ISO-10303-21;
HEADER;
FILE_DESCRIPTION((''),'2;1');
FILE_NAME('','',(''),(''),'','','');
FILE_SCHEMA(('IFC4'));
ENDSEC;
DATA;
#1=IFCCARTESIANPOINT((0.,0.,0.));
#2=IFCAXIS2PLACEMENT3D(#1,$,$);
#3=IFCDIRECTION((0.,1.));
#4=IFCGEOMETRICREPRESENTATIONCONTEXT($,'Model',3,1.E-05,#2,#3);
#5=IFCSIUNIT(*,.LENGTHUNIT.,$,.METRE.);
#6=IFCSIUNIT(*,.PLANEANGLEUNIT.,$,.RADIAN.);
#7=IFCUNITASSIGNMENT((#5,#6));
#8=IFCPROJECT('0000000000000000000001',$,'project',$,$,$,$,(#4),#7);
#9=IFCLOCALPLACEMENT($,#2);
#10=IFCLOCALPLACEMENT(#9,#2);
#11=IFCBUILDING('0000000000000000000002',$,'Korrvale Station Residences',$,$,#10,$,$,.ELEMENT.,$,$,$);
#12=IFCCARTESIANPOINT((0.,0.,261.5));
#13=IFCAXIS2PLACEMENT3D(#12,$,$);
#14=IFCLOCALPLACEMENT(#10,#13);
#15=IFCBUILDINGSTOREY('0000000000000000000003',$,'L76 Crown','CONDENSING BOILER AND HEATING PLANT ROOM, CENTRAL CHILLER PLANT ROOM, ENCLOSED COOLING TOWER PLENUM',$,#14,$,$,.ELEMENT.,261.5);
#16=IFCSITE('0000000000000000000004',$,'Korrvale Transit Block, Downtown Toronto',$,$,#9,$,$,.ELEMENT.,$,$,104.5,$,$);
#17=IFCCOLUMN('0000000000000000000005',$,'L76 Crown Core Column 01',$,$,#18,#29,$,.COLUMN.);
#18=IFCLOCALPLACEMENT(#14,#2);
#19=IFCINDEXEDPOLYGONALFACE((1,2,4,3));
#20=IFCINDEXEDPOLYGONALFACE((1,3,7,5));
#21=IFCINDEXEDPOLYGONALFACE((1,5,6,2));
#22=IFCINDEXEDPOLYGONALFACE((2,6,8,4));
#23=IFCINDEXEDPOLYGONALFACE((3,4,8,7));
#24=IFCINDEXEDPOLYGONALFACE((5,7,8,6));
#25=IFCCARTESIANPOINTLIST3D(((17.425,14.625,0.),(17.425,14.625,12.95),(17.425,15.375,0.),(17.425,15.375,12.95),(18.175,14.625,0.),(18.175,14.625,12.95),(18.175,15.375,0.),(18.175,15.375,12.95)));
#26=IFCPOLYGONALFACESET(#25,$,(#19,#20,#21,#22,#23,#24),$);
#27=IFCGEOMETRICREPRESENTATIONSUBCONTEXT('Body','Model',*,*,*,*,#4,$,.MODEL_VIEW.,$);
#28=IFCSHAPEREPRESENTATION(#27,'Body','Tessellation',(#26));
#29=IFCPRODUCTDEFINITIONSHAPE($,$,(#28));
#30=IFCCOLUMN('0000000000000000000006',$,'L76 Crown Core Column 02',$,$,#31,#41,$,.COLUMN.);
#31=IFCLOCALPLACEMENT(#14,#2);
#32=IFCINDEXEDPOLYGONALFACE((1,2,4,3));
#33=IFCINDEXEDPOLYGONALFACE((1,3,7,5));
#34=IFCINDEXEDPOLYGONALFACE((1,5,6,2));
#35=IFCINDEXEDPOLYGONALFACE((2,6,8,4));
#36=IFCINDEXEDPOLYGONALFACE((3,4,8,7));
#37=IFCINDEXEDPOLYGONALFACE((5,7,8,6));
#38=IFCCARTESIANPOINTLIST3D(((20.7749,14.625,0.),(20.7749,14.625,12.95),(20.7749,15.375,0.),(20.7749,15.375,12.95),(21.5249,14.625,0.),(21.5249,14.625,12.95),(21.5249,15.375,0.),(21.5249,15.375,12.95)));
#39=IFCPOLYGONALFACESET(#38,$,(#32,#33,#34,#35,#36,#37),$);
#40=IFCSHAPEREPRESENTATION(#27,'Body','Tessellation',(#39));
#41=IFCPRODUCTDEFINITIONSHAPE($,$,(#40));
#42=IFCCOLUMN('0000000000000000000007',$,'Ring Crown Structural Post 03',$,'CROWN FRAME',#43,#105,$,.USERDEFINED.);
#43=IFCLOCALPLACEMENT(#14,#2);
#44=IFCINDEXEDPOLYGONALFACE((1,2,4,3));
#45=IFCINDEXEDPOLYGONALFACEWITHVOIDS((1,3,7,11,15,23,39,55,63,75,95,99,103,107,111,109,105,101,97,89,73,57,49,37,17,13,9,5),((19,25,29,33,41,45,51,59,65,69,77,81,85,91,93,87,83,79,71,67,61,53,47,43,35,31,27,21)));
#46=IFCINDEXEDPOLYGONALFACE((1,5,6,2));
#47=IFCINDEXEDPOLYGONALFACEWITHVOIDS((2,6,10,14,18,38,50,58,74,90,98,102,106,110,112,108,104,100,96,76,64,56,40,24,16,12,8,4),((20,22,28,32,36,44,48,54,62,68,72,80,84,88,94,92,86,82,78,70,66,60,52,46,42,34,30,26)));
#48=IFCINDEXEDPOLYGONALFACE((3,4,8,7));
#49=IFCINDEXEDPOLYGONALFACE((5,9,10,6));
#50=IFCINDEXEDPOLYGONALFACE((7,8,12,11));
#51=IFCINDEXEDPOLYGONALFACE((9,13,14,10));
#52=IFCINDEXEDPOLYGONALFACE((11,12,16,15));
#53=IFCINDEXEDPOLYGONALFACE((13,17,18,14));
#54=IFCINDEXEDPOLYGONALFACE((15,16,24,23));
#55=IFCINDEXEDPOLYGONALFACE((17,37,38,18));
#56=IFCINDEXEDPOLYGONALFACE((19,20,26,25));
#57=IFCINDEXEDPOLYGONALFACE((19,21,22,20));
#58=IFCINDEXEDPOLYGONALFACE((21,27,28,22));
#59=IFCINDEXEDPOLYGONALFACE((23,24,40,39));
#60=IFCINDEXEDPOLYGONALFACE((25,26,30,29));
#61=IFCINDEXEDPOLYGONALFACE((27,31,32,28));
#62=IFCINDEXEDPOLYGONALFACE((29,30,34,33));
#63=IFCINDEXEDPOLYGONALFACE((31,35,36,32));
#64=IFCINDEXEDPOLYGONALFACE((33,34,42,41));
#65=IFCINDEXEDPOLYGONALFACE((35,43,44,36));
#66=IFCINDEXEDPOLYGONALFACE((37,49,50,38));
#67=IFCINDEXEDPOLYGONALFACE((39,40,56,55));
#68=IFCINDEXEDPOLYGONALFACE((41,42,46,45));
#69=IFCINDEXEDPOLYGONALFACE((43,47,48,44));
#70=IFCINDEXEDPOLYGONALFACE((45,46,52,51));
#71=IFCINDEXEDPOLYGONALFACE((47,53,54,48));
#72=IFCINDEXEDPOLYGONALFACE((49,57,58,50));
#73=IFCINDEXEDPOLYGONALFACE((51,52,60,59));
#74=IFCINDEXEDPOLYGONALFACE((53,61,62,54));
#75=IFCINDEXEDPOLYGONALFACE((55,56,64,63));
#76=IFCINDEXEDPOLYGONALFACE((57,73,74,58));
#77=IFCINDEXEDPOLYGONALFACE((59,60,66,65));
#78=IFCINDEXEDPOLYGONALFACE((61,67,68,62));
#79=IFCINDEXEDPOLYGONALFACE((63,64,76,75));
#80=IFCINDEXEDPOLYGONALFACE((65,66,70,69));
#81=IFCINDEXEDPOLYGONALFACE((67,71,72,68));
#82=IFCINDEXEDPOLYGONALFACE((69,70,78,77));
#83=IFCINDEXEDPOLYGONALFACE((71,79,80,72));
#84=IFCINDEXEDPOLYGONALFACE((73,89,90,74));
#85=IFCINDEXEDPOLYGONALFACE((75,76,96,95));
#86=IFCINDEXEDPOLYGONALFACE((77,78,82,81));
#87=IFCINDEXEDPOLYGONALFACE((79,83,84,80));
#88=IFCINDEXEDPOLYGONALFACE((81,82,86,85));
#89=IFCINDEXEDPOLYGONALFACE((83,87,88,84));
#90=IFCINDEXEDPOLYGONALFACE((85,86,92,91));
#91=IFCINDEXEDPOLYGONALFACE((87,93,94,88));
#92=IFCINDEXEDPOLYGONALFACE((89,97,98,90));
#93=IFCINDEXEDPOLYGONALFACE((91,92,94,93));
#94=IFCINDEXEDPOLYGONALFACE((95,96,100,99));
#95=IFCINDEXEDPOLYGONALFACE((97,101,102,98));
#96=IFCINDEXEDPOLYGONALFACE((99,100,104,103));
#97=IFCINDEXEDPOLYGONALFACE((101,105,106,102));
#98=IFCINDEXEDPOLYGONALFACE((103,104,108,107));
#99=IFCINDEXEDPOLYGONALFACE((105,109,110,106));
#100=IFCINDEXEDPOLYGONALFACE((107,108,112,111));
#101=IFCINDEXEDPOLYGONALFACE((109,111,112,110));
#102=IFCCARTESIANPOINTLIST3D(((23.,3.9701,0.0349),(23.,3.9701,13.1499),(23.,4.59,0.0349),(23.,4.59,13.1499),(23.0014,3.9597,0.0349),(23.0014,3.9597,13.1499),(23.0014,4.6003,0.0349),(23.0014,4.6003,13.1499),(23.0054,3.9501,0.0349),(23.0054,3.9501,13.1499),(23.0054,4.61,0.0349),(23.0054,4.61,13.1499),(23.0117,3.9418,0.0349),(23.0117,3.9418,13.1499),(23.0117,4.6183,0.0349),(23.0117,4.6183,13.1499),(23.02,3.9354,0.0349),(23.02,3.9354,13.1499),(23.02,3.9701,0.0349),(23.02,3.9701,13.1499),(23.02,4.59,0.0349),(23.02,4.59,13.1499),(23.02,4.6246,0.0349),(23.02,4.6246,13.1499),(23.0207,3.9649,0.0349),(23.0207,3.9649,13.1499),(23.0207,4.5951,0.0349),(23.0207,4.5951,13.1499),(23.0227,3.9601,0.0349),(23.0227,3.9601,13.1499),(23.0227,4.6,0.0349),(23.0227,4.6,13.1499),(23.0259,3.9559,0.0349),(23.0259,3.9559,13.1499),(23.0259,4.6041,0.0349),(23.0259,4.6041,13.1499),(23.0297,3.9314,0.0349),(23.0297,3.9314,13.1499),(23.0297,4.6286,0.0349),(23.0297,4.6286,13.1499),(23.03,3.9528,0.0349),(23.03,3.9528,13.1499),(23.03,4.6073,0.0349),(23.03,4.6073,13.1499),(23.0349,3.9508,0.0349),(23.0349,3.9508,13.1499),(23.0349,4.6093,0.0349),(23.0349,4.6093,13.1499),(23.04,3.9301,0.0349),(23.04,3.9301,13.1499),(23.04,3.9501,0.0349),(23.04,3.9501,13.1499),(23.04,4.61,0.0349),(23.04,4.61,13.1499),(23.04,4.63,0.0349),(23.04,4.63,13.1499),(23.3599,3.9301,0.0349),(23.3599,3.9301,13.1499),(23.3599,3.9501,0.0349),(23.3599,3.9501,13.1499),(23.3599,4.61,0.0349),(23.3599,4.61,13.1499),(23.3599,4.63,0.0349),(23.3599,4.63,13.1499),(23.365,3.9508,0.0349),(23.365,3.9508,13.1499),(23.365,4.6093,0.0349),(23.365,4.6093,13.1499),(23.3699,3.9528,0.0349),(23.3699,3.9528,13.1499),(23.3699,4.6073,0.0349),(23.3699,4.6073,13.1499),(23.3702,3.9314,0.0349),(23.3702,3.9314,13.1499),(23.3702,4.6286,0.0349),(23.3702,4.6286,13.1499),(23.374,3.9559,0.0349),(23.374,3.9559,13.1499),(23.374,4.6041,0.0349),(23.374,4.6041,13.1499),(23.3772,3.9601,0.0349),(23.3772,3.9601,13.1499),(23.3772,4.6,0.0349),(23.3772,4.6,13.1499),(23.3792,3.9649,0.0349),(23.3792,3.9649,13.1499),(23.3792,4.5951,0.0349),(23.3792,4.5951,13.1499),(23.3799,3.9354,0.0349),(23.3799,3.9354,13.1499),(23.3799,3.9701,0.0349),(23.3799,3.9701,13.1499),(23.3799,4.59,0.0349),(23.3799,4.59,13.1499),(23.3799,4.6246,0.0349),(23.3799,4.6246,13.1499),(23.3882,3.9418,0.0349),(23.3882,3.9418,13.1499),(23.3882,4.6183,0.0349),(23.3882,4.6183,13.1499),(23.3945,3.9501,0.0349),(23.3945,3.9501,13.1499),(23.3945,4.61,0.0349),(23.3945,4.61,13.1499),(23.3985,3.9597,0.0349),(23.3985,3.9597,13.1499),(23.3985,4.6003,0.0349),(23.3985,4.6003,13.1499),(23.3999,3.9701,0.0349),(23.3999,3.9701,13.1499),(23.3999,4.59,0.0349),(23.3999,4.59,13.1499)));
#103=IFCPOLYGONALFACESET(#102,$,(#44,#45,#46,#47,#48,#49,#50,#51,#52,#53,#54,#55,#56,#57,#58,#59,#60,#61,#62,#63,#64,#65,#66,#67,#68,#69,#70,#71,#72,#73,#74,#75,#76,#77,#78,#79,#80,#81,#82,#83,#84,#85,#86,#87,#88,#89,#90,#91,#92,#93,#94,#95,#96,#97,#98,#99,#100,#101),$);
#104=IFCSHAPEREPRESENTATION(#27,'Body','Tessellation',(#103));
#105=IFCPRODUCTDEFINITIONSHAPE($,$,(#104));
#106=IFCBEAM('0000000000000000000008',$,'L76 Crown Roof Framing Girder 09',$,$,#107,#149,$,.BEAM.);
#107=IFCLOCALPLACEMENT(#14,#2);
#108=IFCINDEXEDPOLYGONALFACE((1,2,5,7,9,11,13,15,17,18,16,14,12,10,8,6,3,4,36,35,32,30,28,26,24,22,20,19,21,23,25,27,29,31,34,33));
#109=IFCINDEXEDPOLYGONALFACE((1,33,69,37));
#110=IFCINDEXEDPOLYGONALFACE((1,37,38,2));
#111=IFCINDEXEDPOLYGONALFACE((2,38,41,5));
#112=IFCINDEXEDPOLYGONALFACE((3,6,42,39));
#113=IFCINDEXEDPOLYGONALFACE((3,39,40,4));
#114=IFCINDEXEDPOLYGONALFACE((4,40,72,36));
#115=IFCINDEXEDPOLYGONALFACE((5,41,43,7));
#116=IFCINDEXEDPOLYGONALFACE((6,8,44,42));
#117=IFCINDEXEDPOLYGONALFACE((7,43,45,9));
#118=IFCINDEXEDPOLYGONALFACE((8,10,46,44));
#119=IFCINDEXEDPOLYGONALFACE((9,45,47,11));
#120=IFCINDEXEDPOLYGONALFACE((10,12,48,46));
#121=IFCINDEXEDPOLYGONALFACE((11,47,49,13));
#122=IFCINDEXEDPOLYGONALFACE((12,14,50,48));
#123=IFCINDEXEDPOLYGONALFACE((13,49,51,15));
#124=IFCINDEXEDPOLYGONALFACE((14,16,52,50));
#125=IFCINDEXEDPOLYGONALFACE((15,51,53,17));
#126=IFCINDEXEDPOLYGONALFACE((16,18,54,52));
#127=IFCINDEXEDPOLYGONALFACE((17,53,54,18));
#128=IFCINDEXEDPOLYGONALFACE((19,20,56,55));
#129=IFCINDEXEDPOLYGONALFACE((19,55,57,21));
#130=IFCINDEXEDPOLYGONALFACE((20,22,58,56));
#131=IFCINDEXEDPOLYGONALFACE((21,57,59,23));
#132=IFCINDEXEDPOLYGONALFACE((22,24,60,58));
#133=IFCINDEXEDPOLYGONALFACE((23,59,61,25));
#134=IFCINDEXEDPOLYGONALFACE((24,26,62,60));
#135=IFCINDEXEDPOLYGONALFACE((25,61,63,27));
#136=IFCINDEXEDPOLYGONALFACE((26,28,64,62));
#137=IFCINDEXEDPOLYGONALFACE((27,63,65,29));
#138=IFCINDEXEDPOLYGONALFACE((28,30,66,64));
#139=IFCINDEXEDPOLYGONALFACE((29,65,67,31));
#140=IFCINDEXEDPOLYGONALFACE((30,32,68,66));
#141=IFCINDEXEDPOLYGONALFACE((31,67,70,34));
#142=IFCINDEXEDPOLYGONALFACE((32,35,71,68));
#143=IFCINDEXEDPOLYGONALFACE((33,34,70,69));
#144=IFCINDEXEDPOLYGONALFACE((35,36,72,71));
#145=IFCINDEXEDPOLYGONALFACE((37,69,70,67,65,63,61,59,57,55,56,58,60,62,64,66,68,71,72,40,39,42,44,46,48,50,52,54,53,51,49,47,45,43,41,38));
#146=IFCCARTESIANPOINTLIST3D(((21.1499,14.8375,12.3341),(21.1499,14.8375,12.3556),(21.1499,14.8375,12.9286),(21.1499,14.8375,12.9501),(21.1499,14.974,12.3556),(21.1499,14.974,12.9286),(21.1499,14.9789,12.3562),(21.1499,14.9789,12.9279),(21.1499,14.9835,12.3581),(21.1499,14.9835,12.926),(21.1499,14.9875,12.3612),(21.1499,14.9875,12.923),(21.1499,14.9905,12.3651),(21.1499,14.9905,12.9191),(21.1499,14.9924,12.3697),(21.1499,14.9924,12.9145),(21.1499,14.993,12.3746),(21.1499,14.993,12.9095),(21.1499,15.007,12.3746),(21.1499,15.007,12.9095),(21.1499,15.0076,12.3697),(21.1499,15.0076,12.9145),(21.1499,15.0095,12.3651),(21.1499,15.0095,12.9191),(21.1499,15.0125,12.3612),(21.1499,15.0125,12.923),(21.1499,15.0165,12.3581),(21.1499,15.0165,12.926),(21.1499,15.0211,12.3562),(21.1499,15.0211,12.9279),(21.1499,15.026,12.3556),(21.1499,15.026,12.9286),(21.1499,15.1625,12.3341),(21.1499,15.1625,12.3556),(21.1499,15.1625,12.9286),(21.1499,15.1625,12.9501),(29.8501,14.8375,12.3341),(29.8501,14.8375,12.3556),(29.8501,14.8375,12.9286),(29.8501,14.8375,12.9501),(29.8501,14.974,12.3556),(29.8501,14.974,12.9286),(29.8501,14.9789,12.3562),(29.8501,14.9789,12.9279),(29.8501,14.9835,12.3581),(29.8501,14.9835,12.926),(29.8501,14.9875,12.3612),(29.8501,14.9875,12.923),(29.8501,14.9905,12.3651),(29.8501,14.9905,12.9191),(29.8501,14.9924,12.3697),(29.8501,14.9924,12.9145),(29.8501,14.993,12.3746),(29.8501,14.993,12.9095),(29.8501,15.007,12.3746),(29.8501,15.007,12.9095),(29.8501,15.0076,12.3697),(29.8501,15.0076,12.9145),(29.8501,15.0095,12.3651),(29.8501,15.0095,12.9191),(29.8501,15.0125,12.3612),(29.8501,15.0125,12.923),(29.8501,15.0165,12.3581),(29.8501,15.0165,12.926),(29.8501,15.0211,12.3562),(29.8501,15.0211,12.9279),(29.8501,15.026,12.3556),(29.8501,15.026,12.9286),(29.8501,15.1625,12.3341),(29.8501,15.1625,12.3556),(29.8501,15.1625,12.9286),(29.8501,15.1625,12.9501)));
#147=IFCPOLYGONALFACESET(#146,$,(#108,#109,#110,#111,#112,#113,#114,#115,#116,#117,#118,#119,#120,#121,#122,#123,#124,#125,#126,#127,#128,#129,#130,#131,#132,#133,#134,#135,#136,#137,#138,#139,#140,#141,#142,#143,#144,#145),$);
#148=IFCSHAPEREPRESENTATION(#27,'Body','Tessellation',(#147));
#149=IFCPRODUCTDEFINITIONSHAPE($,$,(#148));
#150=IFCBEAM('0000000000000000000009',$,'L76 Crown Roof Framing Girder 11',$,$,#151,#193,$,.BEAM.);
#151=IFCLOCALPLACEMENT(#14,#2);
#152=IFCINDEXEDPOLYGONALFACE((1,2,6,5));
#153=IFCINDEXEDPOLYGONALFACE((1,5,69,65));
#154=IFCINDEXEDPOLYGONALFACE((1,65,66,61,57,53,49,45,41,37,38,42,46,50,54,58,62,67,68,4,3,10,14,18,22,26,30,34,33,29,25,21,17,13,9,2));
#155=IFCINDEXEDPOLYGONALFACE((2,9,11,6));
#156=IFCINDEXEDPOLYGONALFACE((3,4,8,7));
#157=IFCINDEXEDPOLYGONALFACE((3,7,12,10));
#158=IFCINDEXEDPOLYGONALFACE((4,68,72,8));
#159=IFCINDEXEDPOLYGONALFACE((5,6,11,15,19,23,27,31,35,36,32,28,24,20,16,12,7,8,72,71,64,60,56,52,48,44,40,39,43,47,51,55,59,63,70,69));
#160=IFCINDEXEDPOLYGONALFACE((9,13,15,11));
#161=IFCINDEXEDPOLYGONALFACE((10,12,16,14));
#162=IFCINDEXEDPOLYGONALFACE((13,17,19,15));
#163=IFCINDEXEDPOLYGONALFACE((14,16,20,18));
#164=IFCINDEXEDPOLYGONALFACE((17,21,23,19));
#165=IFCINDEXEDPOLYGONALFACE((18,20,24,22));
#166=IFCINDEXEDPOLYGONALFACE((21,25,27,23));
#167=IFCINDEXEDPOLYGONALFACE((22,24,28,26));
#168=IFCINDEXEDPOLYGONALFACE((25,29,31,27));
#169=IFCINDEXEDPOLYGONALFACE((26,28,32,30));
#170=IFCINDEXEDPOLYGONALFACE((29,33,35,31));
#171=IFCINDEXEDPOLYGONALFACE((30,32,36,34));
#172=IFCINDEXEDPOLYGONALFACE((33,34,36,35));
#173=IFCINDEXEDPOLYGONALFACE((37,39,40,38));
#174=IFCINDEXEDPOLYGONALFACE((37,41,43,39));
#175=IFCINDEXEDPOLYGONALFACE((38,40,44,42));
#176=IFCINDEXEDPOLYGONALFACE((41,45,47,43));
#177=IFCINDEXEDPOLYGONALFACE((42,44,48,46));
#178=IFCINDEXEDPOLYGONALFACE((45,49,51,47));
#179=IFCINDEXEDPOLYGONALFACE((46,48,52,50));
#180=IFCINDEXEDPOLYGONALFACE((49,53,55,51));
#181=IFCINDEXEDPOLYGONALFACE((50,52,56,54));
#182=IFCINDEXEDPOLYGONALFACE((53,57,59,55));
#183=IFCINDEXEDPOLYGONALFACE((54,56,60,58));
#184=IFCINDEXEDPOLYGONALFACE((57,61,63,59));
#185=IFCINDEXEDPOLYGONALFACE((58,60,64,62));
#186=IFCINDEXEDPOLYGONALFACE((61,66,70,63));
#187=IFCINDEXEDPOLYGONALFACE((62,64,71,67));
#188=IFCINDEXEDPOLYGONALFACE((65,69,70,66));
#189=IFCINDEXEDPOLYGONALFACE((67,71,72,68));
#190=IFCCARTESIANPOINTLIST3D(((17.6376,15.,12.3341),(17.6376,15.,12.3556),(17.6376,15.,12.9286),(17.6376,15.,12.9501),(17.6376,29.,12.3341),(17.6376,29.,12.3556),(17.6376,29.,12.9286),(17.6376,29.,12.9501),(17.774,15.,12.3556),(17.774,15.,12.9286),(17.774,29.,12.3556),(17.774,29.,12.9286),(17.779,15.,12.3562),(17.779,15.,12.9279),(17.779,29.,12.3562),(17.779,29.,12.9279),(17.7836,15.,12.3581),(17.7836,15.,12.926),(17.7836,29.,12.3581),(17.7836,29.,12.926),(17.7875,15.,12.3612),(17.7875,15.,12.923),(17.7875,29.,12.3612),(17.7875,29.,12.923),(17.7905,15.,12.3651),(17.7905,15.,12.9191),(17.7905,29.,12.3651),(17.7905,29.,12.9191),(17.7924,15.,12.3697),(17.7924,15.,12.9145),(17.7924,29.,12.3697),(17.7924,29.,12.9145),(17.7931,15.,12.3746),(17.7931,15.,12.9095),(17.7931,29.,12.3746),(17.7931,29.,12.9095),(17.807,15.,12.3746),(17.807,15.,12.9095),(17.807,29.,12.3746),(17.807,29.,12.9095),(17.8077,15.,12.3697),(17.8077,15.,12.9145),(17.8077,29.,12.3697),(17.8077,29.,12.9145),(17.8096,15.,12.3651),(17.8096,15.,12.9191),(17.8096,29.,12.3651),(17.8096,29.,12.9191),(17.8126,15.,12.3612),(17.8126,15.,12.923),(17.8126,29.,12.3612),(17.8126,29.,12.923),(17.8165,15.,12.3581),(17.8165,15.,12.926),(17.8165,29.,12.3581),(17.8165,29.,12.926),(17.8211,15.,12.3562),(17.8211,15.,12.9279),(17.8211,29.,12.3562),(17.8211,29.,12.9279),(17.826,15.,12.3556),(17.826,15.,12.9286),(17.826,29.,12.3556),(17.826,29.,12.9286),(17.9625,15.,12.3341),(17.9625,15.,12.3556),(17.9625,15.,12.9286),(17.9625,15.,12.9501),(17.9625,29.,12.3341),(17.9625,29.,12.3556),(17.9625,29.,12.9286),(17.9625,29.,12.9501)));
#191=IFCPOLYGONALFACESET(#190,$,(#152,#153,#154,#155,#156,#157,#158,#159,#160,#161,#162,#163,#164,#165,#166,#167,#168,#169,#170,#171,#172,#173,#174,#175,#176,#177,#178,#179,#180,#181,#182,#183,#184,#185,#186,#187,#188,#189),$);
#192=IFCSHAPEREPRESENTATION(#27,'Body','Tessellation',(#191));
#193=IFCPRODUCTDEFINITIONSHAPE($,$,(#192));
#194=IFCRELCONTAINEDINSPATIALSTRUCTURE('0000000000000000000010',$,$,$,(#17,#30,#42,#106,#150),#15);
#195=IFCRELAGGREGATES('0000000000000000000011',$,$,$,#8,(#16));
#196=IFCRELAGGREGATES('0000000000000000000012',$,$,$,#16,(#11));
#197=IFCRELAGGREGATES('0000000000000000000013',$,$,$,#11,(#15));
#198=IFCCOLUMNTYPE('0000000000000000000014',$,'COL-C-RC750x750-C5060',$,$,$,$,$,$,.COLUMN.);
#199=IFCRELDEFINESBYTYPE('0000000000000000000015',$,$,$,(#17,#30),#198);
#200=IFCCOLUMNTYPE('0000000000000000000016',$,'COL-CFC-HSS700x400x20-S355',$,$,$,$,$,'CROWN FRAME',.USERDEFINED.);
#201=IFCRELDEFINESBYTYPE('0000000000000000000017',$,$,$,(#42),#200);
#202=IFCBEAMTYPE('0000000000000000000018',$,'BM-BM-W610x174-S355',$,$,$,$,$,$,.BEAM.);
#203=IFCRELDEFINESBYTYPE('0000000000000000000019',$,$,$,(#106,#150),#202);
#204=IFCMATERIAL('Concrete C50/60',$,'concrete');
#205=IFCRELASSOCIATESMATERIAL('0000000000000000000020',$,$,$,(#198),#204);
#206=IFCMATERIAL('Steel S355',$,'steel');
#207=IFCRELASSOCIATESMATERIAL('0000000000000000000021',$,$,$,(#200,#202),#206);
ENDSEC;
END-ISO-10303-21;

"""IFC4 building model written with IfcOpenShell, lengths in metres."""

from ifc_helpers import new_model, si_unit, direction, frame, origin, origin_2d, place, context, subcontext, project, spatial, rectangle, hollow_rectangle, i_section, extrude, material, material_profile, profile_set, type_object, element, save


model = new_model("IFC4")

# Units and contexts
model_context = context("Model", 3, precision=1e-05, world=origin(), true_north=direction((0.0, 1.0)))
body_context = subcontext(model_context, "Body", "Model", "MODEL_VIEW")
ifc_project = project(units=[si_unit("LENGTHUNIT", "METRE"), si_unit("PLANEANGLEUNIT", "RADIAN")], contexts=[model_context])

# Site, building, storey
site_placement = place(None, origin())
site = spatial("IfcSite", under=ifc_project, at=site_placement, Name="Korrvale Transit Block, Downtown Toronto", CompositionType="ELEMENT", RefElevation=104.5)
building_placement = place(site_placement, origin())
building = spatial("IfcBuilding", under=site, at=building_placement, Name="Korrvale Station Residences", CompositionType="ELEMENT")
storey_placement = place(building_placement, frame((0.0, 0.0, 261.5)))
storey = spatial("IfcBuildingStorey", under=building, at=storey_placement, Name="L76 Crown", Description="CONDENSING BOILER AND HEATING PLANT ROOM, CENTRAL CHILLER PLANT ROOM, ENCLOSED COOLING TOWER PLENUM", CompositionType="ELEMENT", Elevation=261.5)

# Columns
ifc_material_1 = material(Name="Concrete C50/60", Category="concrete")
ifc_material_profile_1 = material_profile(ifc_material_1, rectangle(XDim=0.75, YDim=0.75, at=origin_2d()), Name="RC750x750")
ifc_profile_set_1 = profile_set([ifc_material_profile_1], Name="Concrete C50/60")
column_type_1 = type_object("IfcColumnType", Name="COL-C-RC750x750-C5060", PredefinedType="COLUMN", material=ifc_profile_set_1)
for number, where, z_axis, x_axis, name in (
    (1, (17.8, 15.0, 0.0), (0.0, 0.0, 1.0), (1.0, 0.0, 0.0), "L76 Crown Core Column 01"),
    (2, (21.1499, 15.0, 0.0), (0.0, 0.0, 1.0), (1.0, 0.0, 0.0), "L76 Crown Core Column 02"),
):
    element("IfcColumn", number, at=place(storey_placement, frame(where, z_axis=z_axis, x_axis=x_axis)), inside=storey, type_object=column_type_1, Name=name, PredefinedType="COLUMN", context=body_context, shape_type="SweptSolid", body=[
        extrude(rectangle(XDim=0.75, YDim=0.75, at=origin_2d()), origin(), (0.0, 0.0, 1.0), 12.95),
    ])
ifc_material_2 = material(Name="Steel S355", Category="steel")
ifc_material_profile_2 = material_profile(ifc_material_2, hollow_rectangle(XDim=0.3999, YDim=0.7, WallThickness=0.02, InnerFilletRadius=0.02, OuterFilletRadius=0.04, at=origin_2d()), Name="HSS700x400x20")
ifc_profile_set_2 = profile_set([ifc_material_profile_2], Name="Steel S355")
column_type_2 = type_object("IfcColumnType", Name="COL-CFC-HSS700x400x20-S355", ElementType="CROWN FRAME", PredefinedType="USERDEFINED", material=ifc_profile_set_2)
column_placement = place(storey_placement, frame((23.2, 4.28, 0.0349), z_axis=(0.0, 0.0, 1.0), x_axis=(1.0, 0.0, 0.0)))
element("IfcColumn", 3, at=column_placement, inside=storey, type_object=column_type_2, Name="Ring Crown Structural Post 03", ObjectType="CROWN FRAME", PredefinedType="USERDEFINED", context=body_context, shape_type="SweptSolid", body=[
    extrude(hollow_rectangle(XDim=0.3999, YDim=0.7, WallThickness=0.02, InnerFilletRadius=0.02, OuterFilletRadius=0.04, at=origin_2d()), origin(), (0.0, 0.0, 1.0), 13.115),
])

# Beams
ifc_material_profile_3 = material_profile(ifc_material_2, i_section(OverallWidth=0.325, OverallDepth=0.616, WebThickness=0.0139, FlangeThickness=0.0215, FilletRadius=0.019, at=origin_2d()), Name="W610x174")
ifc_profile_set_3 = profile_set([ifc_material_profile_3], Name="Steel S355")
beam_type = type_object("IfcBeamType", Name="BM-BM-W610x174-S355", PredefinedType="BEAM", material=ifc_profile_set_3)
beam_1_placement = place(storey_placement, frame((21.1499, 15.0, 12.6421), z_axis=(1.0, 0.0, 0.0), x_axis=(0.0, 1.0, 0.0)))
element("IfcBeam", 4, at=beam_1_placement, inside=storey, type_object=beam_type, Name="L76 Crown Roof Framing Girder 09", PredefinedType="BEAM", context=body_context, shape_type="SweptSolid", body=[
    extrude(i_section(OverallWidth=0.325, OverallDepth=0.616, WebThickness=0.0139, FlangeThickness=0.0215, FilletRadius=0.019, at=origin_2d()), origin(), (0.0, 0.0, 1.0), 8.7002),
])
beam_2_placement = place(storey_placement, frame((17.8, 15.0, 12.6421), z_axis=(0.0, 1.0, 0.0), x_axis=(-1.0, 0.0, 0.0)))
element("IfcBeam", 5, at=beam_2_placement, inside=storey, type_object=beam_type, Name="L76 Crown Roof Framing Girder 11", PredefinedType="BEAM", context=body_context, shape_type="SweptSolid", body=[
    extrude(i_section(OverallWidth=0.325, OverallDepth=0.616, WebThickness=0.0139, FlangeThickness=0.0215, FilletRadius=0.019, at=origin_2d()), origin(), (0.0, 0.0, 1.0), 14.0),
])

save(model, "model.ifc")
